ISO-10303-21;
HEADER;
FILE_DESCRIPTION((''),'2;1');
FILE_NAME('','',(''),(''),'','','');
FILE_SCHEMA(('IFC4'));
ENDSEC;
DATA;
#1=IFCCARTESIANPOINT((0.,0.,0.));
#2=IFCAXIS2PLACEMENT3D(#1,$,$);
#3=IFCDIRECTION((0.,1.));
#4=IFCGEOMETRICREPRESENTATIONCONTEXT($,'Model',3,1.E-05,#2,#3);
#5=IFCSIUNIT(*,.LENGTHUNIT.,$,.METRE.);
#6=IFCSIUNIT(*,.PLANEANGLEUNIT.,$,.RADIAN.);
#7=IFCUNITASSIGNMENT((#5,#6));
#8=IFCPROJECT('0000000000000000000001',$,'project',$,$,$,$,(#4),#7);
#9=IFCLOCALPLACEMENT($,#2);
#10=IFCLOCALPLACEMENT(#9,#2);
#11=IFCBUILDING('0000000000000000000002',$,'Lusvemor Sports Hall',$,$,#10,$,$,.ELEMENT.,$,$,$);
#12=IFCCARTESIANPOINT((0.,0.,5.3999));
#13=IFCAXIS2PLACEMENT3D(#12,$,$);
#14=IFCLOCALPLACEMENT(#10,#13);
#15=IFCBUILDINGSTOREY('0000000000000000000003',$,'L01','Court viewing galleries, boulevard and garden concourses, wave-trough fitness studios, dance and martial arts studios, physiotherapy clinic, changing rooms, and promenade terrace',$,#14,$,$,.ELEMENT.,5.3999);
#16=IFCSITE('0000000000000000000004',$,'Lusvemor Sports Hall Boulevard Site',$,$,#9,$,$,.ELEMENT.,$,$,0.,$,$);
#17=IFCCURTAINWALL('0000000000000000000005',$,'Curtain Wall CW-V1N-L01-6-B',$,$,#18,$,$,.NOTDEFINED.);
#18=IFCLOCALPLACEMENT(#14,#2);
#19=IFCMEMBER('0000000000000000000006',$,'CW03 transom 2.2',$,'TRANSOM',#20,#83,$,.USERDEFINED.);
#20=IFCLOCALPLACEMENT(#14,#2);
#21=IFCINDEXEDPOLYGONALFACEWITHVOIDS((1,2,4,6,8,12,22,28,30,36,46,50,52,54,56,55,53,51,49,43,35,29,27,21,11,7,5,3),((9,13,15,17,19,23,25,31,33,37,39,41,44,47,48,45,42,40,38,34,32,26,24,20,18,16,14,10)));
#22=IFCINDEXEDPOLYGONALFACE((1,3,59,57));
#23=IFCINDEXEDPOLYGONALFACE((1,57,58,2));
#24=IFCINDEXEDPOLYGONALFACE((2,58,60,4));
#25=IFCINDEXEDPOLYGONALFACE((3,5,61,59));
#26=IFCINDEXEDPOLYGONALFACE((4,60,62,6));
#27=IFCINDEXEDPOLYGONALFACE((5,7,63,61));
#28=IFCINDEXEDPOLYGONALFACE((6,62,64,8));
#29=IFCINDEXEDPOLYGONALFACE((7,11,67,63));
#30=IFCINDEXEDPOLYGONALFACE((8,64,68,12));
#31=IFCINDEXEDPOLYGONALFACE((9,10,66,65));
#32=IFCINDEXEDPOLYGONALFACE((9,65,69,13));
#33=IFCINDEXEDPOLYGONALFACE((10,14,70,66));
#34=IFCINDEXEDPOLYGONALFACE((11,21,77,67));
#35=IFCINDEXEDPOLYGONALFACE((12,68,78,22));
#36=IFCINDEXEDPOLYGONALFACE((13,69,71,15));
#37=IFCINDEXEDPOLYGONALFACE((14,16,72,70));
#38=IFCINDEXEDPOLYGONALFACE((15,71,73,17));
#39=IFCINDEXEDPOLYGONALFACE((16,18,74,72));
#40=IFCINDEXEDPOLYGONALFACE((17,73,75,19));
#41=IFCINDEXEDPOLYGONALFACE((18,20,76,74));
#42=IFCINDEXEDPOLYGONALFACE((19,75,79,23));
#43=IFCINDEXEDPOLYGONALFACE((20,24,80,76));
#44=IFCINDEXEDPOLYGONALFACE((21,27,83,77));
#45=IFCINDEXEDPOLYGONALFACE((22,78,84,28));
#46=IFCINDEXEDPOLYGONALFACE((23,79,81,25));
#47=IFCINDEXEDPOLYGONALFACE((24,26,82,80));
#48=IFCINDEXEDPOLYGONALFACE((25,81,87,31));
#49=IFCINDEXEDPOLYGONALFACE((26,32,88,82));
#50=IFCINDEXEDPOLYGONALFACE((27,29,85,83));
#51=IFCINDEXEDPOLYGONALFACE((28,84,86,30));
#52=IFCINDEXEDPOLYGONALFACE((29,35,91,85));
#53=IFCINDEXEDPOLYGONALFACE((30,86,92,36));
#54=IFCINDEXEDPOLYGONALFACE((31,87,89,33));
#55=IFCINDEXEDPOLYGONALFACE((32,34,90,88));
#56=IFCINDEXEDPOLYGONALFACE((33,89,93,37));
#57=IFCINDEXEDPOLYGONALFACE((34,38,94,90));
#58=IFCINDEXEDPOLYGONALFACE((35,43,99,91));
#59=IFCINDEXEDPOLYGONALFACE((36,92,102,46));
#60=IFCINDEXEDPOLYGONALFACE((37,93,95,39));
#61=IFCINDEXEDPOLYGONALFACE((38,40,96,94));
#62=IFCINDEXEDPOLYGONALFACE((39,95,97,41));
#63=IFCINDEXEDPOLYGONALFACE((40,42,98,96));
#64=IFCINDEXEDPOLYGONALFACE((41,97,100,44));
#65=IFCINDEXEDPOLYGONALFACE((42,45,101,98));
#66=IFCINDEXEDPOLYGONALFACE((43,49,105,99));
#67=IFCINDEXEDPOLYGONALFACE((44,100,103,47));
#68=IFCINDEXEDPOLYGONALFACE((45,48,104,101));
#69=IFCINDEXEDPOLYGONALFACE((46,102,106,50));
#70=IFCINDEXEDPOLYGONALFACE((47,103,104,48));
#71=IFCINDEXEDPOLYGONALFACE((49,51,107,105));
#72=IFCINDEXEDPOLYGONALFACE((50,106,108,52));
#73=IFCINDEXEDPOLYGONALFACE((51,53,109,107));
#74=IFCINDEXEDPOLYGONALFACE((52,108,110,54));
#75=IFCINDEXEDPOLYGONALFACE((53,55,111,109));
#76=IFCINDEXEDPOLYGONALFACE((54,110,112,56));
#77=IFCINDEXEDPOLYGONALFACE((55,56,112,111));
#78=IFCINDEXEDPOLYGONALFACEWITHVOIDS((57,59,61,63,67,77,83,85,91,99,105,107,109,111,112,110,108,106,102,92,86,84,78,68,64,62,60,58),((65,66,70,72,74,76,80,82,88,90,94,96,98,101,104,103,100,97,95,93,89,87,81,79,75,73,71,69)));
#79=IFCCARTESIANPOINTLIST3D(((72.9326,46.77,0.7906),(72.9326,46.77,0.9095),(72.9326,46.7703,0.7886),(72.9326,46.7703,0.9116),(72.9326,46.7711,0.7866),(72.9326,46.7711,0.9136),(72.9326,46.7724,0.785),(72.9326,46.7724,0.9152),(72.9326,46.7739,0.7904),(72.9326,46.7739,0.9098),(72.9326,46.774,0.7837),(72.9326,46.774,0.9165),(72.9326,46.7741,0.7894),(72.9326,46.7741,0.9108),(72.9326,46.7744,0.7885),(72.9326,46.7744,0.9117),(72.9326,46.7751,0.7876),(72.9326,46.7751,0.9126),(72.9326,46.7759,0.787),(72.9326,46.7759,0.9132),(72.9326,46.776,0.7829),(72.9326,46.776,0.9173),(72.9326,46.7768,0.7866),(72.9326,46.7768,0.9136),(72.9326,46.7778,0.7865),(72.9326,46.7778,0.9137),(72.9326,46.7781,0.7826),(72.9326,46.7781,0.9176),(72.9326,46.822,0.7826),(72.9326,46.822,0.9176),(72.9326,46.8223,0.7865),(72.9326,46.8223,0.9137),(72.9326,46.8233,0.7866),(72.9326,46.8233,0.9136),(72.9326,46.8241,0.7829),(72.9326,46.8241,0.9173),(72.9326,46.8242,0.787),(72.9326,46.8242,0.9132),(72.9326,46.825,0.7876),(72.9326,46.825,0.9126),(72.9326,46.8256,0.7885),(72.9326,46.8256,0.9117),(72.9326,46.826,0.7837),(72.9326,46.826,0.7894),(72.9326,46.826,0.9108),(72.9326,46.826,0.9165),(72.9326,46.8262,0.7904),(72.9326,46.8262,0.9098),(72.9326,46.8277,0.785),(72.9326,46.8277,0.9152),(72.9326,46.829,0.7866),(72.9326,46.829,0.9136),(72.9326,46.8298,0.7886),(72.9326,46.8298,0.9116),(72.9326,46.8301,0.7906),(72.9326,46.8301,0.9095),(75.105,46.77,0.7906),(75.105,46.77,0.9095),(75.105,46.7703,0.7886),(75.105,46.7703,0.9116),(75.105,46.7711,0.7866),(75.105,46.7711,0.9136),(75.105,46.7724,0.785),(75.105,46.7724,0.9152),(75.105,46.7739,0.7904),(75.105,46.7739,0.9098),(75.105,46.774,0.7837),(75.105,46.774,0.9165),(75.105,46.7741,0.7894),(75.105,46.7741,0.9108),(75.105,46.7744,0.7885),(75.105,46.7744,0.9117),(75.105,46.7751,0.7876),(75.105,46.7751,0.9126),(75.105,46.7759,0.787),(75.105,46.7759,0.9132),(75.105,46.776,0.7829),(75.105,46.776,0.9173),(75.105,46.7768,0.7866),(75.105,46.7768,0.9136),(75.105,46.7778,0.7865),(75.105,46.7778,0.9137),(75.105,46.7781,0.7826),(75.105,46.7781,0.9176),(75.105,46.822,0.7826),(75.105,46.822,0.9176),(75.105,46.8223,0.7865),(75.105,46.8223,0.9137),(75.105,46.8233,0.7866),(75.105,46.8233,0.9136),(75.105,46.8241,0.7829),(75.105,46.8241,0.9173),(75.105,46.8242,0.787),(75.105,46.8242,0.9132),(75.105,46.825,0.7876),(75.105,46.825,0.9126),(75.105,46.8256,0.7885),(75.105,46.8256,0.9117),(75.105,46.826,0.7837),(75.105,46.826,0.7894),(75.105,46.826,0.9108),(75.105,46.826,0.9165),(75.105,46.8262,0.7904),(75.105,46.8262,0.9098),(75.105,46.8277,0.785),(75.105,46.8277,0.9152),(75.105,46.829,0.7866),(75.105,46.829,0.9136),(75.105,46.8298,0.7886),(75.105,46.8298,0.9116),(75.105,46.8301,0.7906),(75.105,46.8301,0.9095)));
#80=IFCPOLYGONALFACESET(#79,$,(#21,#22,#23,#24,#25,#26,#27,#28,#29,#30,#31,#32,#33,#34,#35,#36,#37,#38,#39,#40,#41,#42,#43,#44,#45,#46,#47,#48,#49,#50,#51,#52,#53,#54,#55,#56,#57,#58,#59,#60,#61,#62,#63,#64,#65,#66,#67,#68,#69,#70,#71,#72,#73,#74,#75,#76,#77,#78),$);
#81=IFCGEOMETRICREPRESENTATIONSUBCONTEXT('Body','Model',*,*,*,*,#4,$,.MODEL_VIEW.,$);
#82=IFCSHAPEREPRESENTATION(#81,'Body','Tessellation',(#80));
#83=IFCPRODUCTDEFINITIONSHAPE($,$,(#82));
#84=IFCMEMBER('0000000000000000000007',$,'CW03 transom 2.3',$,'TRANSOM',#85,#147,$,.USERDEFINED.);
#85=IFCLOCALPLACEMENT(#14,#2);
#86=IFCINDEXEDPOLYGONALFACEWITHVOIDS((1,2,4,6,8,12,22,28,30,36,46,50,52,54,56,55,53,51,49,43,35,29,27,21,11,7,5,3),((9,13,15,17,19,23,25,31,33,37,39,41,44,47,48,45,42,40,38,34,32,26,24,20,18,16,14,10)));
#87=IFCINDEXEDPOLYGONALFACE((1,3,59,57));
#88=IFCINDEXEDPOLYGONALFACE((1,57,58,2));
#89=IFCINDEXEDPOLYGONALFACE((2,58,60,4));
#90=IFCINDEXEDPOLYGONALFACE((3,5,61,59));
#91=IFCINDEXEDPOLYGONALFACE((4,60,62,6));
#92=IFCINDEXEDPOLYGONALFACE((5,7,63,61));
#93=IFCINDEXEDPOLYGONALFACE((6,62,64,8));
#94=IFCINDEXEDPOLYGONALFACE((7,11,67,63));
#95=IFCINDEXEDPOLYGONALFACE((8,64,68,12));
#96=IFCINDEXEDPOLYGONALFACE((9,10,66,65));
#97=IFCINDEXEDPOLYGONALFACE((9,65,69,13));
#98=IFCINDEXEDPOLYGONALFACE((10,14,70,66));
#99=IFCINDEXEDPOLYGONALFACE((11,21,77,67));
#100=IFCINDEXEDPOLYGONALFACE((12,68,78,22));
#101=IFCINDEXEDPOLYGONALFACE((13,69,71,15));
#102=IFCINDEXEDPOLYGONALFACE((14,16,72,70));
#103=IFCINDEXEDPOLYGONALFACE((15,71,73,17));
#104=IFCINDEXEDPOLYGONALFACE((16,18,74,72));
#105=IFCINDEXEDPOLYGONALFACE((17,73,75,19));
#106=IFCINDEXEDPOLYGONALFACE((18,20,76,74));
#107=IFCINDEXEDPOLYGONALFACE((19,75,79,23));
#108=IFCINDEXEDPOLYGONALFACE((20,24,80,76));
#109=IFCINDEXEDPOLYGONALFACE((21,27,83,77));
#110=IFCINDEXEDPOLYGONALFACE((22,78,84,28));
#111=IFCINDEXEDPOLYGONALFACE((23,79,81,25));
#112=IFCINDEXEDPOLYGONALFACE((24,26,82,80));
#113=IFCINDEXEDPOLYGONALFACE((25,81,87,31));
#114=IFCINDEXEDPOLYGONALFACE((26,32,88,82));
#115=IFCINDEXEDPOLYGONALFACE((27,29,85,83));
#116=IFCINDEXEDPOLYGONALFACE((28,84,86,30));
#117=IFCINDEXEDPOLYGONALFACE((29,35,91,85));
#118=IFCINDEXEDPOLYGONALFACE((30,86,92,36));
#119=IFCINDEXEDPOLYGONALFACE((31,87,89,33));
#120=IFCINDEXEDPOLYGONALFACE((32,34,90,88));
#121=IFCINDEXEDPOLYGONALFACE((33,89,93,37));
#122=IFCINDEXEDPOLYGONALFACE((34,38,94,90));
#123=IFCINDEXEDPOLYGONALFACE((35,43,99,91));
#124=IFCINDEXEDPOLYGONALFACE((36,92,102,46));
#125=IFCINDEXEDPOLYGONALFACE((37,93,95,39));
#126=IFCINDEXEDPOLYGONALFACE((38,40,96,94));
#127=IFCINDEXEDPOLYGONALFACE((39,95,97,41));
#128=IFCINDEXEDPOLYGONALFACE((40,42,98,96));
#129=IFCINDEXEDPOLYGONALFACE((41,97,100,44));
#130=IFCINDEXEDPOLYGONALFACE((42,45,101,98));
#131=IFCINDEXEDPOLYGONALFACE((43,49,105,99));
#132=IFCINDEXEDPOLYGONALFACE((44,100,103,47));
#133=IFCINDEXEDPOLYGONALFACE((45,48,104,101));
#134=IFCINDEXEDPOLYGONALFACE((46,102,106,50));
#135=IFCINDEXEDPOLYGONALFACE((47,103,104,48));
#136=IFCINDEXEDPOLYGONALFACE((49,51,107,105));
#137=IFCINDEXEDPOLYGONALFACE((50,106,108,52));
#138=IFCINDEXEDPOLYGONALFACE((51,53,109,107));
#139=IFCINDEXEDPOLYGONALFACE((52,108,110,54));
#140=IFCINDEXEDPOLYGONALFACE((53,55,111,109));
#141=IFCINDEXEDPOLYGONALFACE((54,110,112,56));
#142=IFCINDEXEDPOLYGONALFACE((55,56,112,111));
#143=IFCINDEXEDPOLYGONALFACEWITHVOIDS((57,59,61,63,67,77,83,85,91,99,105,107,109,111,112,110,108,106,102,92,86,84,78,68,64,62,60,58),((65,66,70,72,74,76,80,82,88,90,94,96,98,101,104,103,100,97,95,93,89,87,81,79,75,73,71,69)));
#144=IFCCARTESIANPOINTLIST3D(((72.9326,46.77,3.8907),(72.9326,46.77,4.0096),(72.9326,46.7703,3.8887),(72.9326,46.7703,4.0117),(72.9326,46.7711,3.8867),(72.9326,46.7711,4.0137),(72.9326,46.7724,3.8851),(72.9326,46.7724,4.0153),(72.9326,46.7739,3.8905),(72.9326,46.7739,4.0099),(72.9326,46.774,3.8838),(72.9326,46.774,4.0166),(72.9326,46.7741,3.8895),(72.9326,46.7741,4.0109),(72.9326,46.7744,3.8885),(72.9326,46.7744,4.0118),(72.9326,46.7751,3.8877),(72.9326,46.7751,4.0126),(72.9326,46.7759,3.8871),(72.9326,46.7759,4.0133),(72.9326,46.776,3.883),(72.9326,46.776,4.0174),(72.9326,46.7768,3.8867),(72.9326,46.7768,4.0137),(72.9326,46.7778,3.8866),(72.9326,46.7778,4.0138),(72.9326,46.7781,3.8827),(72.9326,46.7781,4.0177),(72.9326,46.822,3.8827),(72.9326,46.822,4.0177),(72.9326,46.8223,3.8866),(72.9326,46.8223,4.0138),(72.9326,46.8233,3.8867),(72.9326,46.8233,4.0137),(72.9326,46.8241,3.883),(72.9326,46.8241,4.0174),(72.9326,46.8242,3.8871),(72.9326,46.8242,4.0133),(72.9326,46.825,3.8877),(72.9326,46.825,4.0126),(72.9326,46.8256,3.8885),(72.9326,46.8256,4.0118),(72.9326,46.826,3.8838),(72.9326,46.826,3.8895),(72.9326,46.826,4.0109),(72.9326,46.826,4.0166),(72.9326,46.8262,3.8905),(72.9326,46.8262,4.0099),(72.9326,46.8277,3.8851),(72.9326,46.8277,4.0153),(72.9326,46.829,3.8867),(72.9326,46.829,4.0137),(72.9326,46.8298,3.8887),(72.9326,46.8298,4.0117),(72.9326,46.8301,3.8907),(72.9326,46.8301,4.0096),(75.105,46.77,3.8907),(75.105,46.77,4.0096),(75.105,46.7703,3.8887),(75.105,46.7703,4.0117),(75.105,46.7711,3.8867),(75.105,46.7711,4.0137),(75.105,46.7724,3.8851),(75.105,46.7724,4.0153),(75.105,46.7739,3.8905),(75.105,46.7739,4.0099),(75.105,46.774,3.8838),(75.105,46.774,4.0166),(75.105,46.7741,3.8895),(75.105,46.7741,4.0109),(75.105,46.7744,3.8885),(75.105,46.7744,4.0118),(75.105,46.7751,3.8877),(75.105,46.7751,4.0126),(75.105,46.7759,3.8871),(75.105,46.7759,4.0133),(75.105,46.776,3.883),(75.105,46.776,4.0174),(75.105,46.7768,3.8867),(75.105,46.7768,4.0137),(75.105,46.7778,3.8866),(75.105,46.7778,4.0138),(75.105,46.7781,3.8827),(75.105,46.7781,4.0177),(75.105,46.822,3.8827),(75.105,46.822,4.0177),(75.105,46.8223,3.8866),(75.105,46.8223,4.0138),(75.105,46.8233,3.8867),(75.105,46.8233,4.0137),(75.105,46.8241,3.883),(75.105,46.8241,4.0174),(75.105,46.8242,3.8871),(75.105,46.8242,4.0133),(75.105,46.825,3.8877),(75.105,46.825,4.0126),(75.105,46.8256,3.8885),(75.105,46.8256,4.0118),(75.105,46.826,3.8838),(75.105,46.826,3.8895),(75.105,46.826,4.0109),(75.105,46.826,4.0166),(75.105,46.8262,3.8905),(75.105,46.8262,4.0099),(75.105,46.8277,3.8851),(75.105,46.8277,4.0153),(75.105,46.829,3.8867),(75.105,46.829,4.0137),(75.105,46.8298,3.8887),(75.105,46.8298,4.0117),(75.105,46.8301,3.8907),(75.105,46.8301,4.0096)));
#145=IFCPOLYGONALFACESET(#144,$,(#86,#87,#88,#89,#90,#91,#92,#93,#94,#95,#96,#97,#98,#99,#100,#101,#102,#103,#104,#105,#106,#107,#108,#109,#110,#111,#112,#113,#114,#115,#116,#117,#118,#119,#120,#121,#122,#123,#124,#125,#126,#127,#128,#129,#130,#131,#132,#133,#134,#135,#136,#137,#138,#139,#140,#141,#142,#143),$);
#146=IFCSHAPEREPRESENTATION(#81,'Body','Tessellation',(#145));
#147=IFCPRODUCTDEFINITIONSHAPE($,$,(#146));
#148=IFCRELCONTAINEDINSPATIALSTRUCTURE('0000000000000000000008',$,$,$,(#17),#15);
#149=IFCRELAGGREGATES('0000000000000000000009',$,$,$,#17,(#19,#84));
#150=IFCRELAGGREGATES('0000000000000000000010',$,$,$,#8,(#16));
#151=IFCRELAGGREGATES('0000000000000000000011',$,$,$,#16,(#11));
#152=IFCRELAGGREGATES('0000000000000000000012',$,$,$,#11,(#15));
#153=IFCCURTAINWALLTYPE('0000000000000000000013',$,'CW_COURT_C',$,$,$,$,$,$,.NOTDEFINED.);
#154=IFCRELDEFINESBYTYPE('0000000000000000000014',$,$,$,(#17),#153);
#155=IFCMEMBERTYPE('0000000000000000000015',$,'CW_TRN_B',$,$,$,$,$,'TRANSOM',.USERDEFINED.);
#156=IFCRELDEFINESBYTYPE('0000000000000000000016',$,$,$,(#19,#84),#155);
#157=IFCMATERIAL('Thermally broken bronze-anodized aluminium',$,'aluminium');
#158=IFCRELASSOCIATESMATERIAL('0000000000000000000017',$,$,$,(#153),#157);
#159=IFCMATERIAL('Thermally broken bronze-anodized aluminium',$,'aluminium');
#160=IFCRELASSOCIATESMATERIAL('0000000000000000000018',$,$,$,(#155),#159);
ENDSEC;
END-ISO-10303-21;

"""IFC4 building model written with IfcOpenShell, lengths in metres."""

from ifc_helpers import new_model, si_unit, direction, frame, origin, origin_2d, place, context, subcontext, project, spatial, hollow_rectangle, extrude, material, material_profile, profile_set, type_object, element, aggregate, save


model = new_model("IFC4")

# Units and contexts
model_context = context("Model", 3, precision=1e-05, world=origin(), true_north=direction((0.0, 1.0)))
body_context = subcontext(model_context, "Body", "Model", "MODEL_VIEW")
ifc_project = project(units=[si_unit("LENGTHUNIT", "METRE"), si_unit("PLANEANGLEUNIT", "RADIAN")], contexts=[model_context])

# Site, building, storey
site_placement = place(None, origin())
site = spatial("IfcSite", under=ifc_project, at=site_placement, Name="Lusvemor Sports Hall Boulevard Site", CompositionType="ELEMENT", RefElevation=0.0)
building_placement = place(site_placement, origin())
building = spatial("IfcBuilding", under=site, at=building_placement, Name="Lusvemor Sports Hall", CompositionType="ELEMENT")
storey_placement = place(building_placement, frame((0.0, 0.0, 5.3999)))
storey = spatial("IfcBuildingStorey", under=building, at=storey_placement, Name="L01", Description="Court viewing galleries, boulevard and garden concourses, wave-trough fitness studios, dance and martial arts studios, physiotherapy clinic, changing rooms, and promenade terrace", CompositionType="ELEMENT", Elevation=5.3999)

# Curtain wall, members
ifc_material_1 = material(Name="Thermally broken bronze-anodized aluminium", Category="aluminium")
curtain_wall_type = type_object("IfcCurtainWallType", Name="CW_COURT_C", PredefinedType="NOTDEFINED", material=ifc_material_1)
curtain_wall_placement = place(storey_placement, origin())
curtain_wall = element("IfcCurtainWall", 1, at=curtain_wall_placement, inside=storey, type_object=curtain_wall_type, Name="Curtain Wall CW-V1N-L01-6-B", PredefinedType="NOTDEFINED")
ifc_material_2 = material(Name="Thermally broken bronze-anodized aluminium", Category="aluminium")
ifc_material_profile_1 = material_profile(ifc_material_2, hollow_rectangle(XDim=0.0601, YDim=0.135, WallThickness=0.0039, InnerFilletRadius=0.0039, OuterFilletRadius=0.0081, at=origin_2d()), Name="CWTRN135x60x4")
ifc_profile_set_1 = profile_set([ifc_material_profile_1], Name="Thermally broken bronze-anodized aluminium")
member_type_1 = type_object("IfcMemberType", Name="CW_TRN_B", ElementType="TRANSOM", PredefinedType="USERDEFINED", material=ifc_profile_set_1)
member_1_placement = place(storey_placement, frame((72.9326, 46.8, 0.8501), z_axis=(1.0, 0.0, 0.0), x_axis=(0.0, 1.0, 0.0)))
member_1 = element("IfcMember", 2, at=member_1_placement, type_object=member_type_1, Name="CW03 transom 2.2", ObjectType="TRANSOM", PredefinedType="USERDEFINED", context=body_context, shape_type="SweptSolid", body=[
    extrude(hollow_rectangle(XDim=0.0601, YDim=0.135, WallThickness=0.0039, InnerFilletRadius=0.0039, OuterFilletRadius=0.0081, at=origin_2d()), origin(), (0.0, 0.0, 1.0), 2.1724),
])
member_2_placement = place(storey_placement, frame((72.9326, 46.8, 3.9502), z_axis=(1.0, 0.0, 0.0), x_axis=(0.0, 1.0, 0.0)))
member_2 = element("IfcMember", 3, at=member_2_placement, type_object=member_type_1, Name="CW03 transom 2.3", ObjectType="TRANSOM", PredefinedType="USERDEFINED", context=body_context, shape_type="SweptSolid", body=[
    extrude(hollow_rectangle(XDim=0.0601, YDim=0.135, WallThickness=0.0039, InnerFilletRadius=0.0039, OuterFilletRadius=0.0081, at=origin_2d()), origin(), (0.0, 0.0, 1.0), 2.1724),
])

aggregate(curtain_wall, [member_1, member_2])

save(model, "model.ifc")
